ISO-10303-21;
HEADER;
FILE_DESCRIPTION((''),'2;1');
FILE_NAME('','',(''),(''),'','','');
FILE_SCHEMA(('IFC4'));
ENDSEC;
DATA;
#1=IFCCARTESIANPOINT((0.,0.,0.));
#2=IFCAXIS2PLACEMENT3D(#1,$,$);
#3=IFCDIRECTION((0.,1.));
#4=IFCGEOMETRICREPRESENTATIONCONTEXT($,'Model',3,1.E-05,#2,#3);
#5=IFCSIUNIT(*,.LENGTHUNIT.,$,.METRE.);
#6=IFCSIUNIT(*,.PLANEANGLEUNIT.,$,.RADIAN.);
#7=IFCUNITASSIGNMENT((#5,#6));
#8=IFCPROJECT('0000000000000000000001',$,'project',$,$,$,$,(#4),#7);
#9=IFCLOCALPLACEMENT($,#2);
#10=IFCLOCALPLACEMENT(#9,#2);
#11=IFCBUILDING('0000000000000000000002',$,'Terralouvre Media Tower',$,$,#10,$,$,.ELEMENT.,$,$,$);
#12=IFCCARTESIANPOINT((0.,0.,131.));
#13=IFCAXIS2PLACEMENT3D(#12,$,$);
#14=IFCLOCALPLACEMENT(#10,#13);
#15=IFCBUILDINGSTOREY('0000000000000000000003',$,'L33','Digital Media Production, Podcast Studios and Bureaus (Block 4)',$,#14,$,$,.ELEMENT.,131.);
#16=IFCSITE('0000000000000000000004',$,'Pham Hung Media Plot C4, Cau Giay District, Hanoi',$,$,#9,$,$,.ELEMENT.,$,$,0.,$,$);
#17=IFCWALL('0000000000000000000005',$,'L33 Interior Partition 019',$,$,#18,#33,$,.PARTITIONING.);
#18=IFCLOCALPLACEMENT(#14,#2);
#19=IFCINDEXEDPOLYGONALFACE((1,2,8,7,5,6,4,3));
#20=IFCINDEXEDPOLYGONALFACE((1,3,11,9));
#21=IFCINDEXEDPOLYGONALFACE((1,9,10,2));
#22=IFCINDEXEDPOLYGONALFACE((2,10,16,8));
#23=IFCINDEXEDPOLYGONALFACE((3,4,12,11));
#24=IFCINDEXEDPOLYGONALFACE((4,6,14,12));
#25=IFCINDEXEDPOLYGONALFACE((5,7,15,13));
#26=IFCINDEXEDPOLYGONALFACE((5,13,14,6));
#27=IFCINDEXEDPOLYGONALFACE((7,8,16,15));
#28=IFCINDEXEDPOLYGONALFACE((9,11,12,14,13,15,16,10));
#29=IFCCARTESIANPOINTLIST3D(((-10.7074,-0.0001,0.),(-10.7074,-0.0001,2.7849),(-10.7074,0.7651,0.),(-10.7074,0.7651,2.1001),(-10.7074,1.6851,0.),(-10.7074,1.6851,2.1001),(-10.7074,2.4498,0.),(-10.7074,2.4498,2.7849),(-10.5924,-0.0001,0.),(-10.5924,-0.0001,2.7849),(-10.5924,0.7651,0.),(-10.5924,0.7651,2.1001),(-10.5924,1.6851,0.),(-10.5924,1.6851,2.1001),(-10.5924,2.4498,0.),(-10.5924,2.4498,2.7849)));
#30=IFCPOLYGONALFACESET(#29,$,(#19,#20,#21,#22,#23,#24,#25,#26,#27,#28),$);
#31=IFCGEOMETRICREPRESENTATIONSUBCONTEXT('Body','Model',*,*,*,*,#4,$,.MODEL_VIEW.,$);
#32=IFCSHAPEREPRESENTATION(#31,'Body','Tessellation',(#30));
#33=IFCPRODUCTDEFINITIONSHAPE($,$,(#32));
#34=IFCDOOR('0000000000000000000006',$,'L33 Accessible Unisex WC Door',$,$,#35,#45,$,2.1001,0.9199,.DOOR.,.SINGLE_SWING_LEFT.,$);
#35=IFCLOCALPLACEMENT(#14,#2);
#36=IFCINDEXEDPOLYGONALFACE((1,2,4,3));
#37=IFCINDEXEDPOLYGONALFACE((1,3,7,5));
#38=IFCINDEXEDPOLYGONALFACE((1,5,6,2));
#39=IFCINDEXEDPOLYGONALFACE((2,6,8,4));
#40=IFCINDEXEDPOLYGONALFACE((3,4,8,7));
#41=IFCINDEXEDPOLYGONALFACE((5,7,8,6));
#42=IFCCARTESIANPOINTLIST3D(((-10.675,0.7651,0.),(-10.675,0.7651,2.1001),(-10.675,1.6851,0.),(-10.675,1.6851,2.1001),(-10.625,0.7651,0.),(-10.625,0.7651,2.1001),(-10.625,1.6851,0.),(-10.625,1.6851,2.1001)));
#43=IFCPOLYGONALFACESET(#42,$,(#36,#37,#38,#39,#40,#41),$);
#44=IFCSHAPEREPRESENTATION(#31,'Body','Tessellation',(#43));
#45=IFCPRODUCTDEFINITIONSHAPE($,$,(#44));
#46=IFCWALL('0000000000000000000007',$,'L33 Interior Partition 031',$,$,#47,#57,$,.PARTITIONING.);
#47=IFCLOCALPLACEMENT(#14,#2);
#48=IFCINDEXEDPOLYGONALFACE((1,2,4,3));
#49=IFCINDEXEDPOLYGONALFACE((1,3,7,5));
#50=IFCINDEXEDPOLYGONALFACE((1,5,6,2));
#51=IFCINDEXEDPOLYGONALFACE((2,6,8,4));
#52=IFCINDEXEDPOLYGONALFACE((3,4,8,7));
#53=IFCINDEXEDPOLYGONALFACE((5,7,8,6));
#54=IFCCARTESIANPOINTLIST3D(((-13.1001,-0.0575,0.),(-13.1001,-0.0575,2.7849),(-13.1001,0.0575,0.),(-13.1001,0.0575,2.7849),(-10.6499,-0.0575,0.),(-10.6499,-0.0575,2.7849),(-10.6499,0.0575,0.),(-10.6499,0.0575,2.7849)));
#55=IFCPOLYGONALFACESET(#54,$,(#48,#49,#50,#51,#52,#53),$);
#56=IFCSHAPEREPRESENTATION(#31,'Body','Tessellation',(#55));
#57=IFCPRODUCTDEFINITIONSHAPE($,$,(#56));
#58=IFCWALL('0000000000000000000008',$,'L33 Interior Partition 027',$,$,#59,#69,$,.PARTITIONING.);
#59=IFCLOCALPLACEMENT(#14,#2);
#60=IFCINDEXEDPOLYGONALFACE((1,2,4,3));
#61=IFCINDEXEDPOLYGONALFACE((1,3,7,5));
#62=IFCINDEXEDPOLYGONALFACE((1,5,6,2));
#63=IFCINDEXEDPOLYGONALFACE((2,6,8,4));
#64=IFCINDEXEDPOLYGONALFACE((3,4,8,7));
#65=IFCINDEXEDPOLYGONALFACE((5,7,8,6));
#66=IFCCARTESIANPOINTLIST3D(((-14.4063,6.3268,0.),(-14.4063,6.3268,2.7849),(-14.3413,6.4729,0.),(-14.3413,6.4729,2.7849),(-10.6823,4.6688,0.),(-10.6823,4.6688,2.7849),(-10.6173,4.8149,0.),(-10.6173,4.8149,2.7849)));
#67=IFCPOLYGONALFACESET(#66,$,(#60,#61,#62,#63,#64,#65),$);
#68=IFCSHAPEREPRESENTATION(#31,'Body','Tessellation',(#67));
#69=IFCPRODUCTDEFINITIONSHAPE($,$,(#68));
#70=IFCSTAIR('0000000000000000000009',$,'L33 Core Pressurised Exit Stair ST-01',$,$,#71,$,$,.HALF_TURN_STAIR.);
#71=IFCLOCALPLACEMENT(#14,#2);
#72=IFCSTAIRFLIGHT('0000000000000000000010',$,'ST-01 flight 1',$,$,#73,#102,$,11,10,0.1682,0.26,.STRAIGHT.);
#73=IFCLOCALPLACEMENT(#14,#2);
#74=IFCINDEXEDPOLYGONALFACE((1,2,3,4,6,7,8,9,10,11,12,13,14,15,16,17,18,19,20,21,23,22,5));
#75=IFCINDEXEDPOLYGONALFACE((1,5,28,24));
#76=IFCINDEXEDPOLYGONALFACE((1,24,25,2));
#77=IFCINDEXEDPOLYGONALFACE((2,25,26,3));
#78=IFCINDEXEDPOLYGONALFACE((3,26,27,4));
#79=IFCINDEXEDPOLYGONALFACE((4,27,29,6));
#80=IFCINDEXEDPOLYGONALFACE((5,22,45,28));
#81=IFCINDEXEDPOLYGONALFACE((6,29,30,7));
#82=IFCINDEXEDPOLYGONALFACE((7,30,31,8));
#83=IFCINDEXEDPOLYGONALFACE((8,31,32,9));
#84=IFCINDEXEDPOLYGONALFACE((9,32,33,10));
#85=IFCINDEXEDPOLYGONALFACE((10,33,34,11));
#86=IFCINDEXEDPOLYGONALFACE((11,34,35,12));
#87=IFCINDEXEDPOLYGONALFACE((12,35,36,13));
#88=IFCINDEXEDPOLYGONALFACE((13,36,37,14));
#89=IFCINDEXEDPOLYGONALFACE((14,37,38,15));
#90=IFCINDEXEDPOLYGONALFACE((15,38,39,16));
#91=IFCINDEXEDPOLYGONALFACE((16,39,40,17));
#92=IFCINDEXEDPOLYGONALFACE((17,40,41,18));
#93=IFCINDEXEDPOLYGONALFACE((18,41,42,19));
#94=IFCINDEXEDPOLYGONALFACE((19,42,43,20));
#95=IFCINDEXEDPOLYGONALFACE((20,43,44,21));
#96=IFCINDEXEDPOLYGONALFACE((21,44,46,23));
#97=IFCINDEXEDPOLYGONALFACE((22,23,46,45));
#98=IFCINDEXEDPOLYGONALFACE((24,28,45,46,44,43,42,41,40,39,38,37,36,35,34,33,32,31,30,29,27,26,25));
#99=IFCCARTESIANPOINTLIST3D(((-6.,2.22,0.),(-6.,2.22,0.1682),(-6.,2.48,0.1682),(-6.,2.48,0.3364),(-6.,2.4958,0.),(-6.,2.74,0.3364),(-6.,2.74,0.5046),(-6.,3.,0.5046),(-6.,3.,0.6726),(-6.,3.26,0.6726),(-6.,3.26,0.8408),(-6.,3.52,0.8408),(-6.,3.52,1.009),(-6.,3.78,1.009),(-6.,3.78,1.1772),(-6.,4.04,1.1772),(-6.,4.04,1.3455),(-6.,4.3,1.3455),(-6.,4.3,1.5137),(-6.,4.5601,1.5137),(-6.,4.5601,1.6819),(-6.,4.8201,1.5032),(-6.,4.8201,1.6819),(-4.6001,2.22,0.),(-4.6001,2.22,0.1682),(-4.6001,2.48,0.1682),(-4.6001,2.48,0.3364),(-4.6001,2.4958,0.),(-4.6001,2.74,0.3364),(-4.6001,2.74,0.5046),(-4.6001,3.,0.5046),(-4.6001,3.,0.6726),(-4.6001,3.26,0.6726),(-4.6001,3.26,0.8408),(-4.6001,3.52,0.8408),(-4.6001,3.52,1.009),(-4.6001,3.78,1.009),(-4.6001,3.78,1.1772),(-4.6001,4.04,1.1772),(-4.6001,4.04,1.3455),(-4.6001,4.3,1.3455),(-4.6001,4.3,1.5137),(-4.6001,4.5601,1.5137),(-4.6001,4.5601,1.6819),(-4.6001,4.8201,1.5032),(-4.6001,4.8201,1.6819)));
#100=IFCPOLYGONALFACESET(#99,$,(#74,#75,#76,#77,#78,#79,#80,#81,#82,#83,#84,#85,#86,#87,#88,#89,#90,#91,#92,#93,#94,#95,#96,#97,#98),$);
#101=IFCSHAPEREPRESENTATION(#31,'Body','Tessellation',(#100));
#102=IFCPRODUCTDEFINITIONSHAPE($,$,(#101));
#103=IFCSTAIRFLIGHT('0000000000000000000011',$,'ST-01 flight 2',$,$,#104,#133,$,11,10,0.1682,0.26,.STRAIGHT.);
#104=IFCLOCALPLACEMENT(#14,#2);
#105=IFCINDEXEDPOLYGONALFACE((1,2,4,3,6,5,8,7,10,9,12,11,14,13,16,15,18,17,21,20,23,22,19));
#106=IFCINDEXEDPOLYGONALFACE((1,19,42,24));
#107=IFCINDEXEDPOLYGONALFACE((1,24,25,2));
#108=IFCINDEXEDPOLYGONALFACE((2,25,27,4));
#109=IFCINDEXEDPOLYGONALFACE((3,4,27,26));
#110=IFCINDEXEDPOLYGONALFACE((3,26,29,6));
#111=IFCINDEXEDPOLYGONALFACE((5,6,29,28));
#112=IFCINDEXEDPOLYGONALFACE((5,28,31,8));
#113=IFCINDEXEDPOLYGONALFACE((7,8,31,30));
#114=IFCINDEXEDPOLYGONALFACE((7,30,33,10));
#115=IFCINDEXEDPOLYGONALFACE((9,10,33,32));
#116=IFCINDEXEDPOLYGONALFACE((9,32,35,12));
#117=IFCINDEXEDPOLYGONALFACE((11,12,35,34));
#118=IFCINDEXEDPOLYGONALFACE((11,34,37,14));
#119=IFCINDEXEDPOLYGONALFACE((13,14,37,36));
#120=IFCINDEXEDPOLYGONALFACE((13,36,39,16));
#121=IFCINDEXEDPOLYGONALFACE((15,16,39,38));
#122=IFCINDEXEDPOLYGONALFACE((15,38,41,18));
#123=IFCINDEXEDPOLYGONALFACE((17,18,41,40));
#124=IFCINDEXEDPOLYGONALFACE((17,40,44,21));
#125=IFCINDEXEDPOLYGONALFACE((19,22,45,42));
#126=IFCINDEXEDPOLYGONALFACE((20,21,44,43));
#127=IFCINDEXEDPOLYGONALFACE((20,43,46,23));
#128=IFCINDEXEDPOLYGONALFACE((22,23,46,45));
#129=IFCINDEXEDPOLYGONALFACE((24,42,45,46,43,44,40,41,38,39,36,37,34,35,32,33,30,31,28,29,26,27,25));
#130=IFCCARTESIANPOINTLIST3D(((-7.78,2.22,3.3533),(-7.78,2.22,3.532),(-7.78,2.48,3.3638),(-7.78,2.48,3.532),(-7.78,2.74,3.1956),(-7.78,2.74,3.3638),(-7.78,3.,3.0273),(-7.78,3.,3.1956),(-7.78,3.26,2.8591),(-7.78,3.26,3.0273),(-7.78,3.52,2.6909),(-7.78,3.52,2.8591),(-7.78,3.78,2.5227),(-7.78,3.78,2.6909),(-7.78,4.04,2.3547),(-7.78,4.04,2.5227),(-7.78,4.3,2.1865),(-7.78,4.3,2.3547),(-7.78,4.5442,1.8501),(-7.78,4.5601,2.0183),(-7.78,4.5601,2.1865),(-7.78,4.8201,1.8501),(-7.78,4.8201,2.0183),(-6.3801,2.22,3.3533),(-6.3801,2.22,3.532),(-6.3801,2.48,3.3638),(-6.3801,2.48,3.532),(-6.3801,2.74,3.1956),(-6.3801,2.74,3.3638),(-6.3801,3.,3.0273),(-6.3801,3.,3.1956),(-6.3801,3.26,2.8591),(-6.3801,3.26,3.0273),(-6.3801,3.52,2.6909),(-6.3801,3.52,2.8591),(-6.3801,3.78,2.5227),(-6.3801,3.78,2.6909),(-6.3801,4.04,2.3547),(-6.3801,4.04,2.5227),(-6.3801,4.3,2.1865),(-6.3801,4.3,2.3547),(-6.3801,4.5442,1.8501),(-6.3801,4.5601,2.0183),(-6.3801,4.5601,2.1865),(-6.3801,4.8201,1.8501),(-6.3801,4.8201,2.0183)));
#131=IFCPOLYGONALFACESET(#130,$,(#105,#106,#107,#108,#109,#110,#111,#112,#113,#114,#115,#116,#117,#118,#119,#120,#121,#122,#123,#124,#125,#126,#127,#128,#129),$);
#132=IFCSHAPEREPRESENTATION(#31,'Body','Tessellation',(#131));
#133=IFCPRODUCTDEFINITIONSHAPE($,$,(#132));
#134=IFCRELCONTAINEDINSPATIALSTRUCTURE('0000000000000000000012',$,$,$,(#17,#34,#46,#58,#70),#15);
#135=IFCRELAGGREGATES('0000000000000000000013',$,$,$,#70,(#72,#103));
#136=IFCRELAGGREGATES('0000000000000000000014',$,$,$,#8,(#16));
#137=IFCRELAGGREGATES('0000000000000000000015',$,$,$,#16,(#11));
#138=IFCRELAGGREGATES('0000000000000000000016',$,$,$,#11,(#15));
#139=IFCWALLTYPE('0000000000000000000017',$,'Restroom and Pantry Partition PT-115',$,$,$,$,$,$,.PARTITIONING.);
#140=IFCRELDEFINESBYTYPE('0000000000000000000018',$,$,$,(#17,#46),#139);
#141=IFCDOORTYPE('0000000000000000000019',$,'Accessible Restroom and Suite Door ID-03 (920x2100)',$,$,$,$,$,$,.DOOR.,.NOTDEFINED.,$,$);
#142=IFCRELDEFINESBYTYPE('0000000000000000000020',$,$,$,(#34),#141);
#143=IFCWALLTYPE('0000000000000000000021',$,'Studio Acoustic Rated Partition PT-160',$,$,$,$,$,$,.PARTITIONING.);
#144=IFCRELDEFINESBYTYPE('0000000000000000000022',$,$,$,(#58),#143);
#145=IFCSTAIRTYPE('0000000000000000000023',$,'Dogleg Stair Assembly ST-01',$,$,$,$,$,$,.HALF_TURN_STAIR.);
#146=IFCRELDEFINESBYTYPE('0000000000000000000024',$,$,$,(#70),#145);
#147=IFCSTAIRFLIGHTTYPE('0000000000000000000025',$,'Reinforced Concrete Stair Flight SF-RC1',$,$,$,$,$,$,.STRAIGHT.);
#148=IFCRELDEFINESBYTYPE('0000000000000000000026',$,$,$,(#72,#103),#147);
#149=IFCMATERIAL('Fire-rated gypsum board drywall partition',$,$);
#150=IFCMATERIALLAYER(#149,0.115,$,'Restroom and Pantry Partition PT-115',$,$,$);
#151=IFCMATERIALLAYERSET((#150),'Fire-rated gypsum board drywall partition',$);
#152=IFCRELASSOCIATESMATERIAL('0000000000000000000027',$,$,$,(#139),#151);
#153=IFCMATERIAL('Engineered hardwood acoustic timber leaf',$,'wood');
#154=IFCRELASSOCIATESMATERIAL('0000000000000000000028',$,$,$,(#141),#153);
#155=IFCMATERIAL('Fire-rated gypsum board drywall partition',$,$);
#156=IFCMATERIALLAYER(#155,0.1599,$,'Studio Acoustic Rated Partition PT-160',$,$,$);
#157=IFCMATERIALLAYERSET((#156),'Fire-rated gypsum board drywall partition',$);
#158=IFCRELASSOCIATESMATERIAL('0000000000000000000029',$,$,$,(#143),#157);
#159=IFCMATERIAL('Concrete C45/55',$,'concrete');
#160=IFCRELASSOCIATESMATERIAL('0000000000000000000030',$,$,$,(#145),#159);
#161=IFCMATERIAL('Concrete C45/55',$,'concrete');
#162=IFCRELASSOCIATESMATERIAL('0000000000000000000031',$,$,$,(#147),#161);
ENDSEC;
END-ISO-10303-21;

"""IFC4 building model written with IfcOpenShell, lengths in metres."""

from ifc_helpers import new_model, si_unit, direction, frame, frame_2d, origin, place, context, subcontext, project, spatial, polyline, rectangle, outline, extrude, material, layer, layer_set, type_object, element, fill, aggregate, save


model = new_model("IFC4")

# Units and contexts
model_context = context("Model", 3, precision=1e-05, world=origin(), true_north=direction((0.0, 1.0)))
body_context = subcontext(model_context, "Body", "Model", "MODEL_VIEW")
ifc_project = project(units=[si_unit("LENGTHUNIT", "METRE"), si_unit("PLANEANGLEUNIT", "RADIAN")], contexts=[model_context])

# Site, building, storey
site_placement = place(None, origin())
site = spatial("IfcSite", under=ifc_project, at=site_placement, Name="Pham Hung Media Plot C4, Cau Giay District, Hanoi", CompositionType="ELEMENT", RefElevation=0.0)
building_placement = place(site_placement, origin())
building = spatial("IfcBuilding", under=site, at=building_placement, Name="Terralouvre Media Tower", CompositionType="ELEMENT")
storey_placement = place(building_placement, frame((0.0, 0.0, 131.0)))
storey = spatial("IfcBuildingStorey", under=building, at=storey_placement, Name="L33", Description="Digital Media Production, Podcast Studios and Bureaus (Block 4)", CompositionType="ELEMENT", Elevation=131.0)

# Wall, opening, door
ifc_material_1 = material(Name="Fire-rated gypsum board drywall partition")
ifc_layer_1 = layer(ifc_material_1, 0.115, Name="Restroom and Pantry Partition PT-115")
ifc_layer_set_1 = layer_set([ifc_layer_1], Name="Fire-rated gypsum board drywall partition")
wall_type_1 = type_object("IfcWallType", Name="Restroom and Pantry Partition PT-115", PredefinedType="PARTITIONING", material=ifc_layer_set_1)
ifc_material_2 = material(Name="Engineered hardwood acoustic timber leaf", Category="wood")
door_type_1 = type_object("IfcDoorType", Name="Accessible Restroom and Suite Door ID-03 (920x2100)", OperationType="NOTDEFINED", PredefinedType="DOOR", material=ifc_material_2)
wall_1_placement = place(storey_placement, frame((-10.6499, 2.45, 0.0), z_axis=(0.0, 0.0, 1.0), x_axis=(0.0, -1.0, 0.0)))
wall_1 = element("IfcWall", 1, at=wall_1_placement, inside=storey, type_object=wall_type_1, Name="L33 Interior Partition 019", PredefinedType="PARTITIONING", context=body_context, shape_type="SweptSolid", body=[
    extrude(rectangle(XDim=2.45, YDim=0.115, at=frame_2d((1.2251, 0.0))), origin(), (0.0, 0.0, 1.0), 2.7849),
])
opening_1_placement = place(wall_1_placement, frame((0.7649, 0.0, 0.0)))
opening_1 = element("IfcOpeningElement", 2, at=opening_1_placement, cuts=wall_1, PredefinedType="OPENING", context=body_context, shape_type="SweptSolid", body=[
    extrude(rectangle(XDim=0.9199, YDim=2.1001, at=frame_2d((0.46, 1.05))), frame((0.0, 0.0674, 0.0), z_axis=(0.0, -1.0, 0.0), x_axis=(1.0, 0.0, 0.0)), (0.0, 0.0, 1.0), 0.135),
])
door_1_placement = place(opening_1_placement, origin())
door_1 = element("IfcDoor", 3, at=door_1_placement, inside=storey, type_object=door_type_1, Name="L33 Accessible Unisex WC Door", OperationType="SINGLE_SWING_LEFT", OverallHeight=2.1001, OverallWidth=0.9199, PredefinedType="DOOR", context=body_context, shape_type="SweptSolid", body=[
    extrude(rectangle(XDim=0.9199, YDim=2.1001, at=frame_2d((0.46, 1.05))), frame((0.0, 0.0249, 0.0), z_axis=(0.0, -1.0, 0.0), x_axis=(1.0, 0.0, 0.0)), (0.0, 0.0, 1.0), 0.05),
])
fill(opening_1, door_1)

# Wall
wall_2_placement = place(storey_placement, frame((-10.6499, 0.0, 0.0), z_axis=(0.0, 0.0, 1.0), x_axis=(-1.0, 0.0, 0.0)))
element("IfcWall", 4, at=wall_2_placement, inside=storey, type_object=wall_type_1, Name="L33 Interior Partition 031", PredefinedType="PARTITIONING", context=body_context, shape_type="SweptSolid", body=[
    extrude(rectangle(XDim=2.4502, YDim=0.115, at=frame_2d((1.2251, 0.0))), origin(), (0.0, 0.0, 1.0), 2.7849),
])

# Shared definitions
ifc_material_3 = material(Name="Fire-rated gypsum board drywall partition")
ifc_layer_2 = layer(ifc_material_3, 0.1599, Name="Studio Acoustic Rated Partition PT-160")
ifc_layer_set_2 = layer_set([ifc_layer_2], Name="Fire-rated gypsum board drywall partition")
wall_type_2 = type_object("IfcWallType", Name="Studio Acoustic Rated Partition PT-160", PredefinedType="PARTITIONING", material=ifc_layer_set_2)

# Wall
wall_3_placement = place(storey_placement, frame((-10.6499, 4.7419, 0.0), z_axis=(0.0, 0.0, 1.0), x_axis=(-0.913557, 0.406711, 0.0)))
element("IfcWall", 5, at=wall_3_placement, inside=storey, type_object=wall_type_2, Name="L33 Interior Partition 027", PredefinedType="PARTITIONING", context=body_context, shape_type="SweptSolid", body=[
    extrude(rectangle(XDim=4.0764, YDim=0.1599, at=frame_2d((2.0381, 0.0))), origin(), (0.0, 0.0, 1.0), 2.7849),
])

# Stair, stair flights
ifc_material_4 = material(Name="Concrete C45/55", Category="concrete")
stair_type = type_object("IfcStairType", Name="Dogleg Stair Assembly ST-01", PredefinedType="HALF_TURN_STAIR", material=ifc_material_4)
stair_placement = place(storey_placement, origin())
stair = element("IfcStair", 6, at=stair_placement, inside=storey, type_object=stair_type, Name="L33 Core Pressurised Exit Stair ST-01", PredefinedType="HALF_TURN_STAIR")
ifc_material_5 = material(Name="Concrete C45/55", Category="concrete")
stair_flight_type = type_object("IfcStairFlightType", Name="Reinforced Concrete Stair Flight SF-RC1", PredefinedType="STRAIGHT", material=ifc_material_5)
stair_flight_1_placement = place(storey_placement, frame((-5.3, 2.22, 0.0), z_axis=(0.0, 0.0, 1.0), x_axis=(0.0, 1.0, 0.0)))
stair_flight_1 = element("IfcStairFlight", 7, at=stair_flight_1_placement, type_object=stair_flight_type, Name="ST-01 flight 1", NumberOfRisers=11, NumberOfTreads=10, PredefinedType="STRAIGHT", RiserHeight=0.1682, TreadLength=0.26, context=body_context, shape_type="SweptSolid", body=[
    extrude(outline(polyline([(0.0, 0.0), (0.0, 0.1682), (0.26, 0.1682), (0.26, 0.3364), (0.52, 0.3364), (0.52, 0.5046), (0.78, 0.5046), (0.78, 0.6726), (1.04, 0.6726), (1.04, 0.8408), (1.3, 0.8408), (1.3, 1.009), (1.5601, 1.009), (1.5601, 1.1772), (1.8201, 1.1772), (1.8201, 1.3455), (2.0801, 1.3455), (2.0801, 1.5137), (2.3401, 1.5137), (2.3401, 1.6819), (2.6001, 1.6819), (2.6001, 1.8501), (2.6001, 1.5032), (0.2759, 0.0), (0.0, 0.0)])), frame((0.0, 0.7, 0.0), z_axis=(0.0, -1.0, 0.0), x_axis=(1.0, 0.0, 0.0)), (0.0, 0.0, 1.0), 1.3999),
])
stair_flight_2_placement = place(storey_placement, frame((-7.0801, 4.8201, 1.8501), z_axis=(0.0, 0.0, 1.0), x_axis=(0.0, -1.0, 0.0)))
stair_flight_2 = element("IfcStairFlight", 8, at=stair_flight_2_placement, type_object=stair_flight_type, Name="ST-01 flight 2", NumberOfRisers=11, NumberOfTreads=10, PredefinedType="STRAIGHT", RiserHeight=0.1682, TreadLength=0.26, context=body_context, shape_type="SweptSolid", body=[
    extrude(outline(polyline([(0.0, 0.0), (0.0, 0.1682), (0.26, 0.1682), (0.26, 0.3364), (0.52, 0.3364), (0.52, 0.5046), (0.78, 0.5046), (0.78, 0.6726), (1.04, 0.6726), (1.04, 0.8408), (1.3, 0.8408), (1.3, 1.009), (1.5601, 1.009), (1.5601, 1.1772), (1.8201, 1.1772), (1.8201, 1.3455), (2.0801, 1.3455), (2.0801, 1.5137), (2.3401, 1.5137), (2.3401, 1.6819), (2.6001, 1.6819), (2.6001, 1.8501), (2.6001, 1.5032), (0.2759, 0.0), (0.0, 0.0)])), frame((0.0, 0.7, 0.0), z_axis=(0.0, -1.0, 0.0), x_axis=(1.0, 0.0, 0.0)), (0.0, 0.0, 1.0), 1.3999),
])
aggregate(stair, [stair_flight_1, stair_flight_2])

save(model, "model.ifc")
